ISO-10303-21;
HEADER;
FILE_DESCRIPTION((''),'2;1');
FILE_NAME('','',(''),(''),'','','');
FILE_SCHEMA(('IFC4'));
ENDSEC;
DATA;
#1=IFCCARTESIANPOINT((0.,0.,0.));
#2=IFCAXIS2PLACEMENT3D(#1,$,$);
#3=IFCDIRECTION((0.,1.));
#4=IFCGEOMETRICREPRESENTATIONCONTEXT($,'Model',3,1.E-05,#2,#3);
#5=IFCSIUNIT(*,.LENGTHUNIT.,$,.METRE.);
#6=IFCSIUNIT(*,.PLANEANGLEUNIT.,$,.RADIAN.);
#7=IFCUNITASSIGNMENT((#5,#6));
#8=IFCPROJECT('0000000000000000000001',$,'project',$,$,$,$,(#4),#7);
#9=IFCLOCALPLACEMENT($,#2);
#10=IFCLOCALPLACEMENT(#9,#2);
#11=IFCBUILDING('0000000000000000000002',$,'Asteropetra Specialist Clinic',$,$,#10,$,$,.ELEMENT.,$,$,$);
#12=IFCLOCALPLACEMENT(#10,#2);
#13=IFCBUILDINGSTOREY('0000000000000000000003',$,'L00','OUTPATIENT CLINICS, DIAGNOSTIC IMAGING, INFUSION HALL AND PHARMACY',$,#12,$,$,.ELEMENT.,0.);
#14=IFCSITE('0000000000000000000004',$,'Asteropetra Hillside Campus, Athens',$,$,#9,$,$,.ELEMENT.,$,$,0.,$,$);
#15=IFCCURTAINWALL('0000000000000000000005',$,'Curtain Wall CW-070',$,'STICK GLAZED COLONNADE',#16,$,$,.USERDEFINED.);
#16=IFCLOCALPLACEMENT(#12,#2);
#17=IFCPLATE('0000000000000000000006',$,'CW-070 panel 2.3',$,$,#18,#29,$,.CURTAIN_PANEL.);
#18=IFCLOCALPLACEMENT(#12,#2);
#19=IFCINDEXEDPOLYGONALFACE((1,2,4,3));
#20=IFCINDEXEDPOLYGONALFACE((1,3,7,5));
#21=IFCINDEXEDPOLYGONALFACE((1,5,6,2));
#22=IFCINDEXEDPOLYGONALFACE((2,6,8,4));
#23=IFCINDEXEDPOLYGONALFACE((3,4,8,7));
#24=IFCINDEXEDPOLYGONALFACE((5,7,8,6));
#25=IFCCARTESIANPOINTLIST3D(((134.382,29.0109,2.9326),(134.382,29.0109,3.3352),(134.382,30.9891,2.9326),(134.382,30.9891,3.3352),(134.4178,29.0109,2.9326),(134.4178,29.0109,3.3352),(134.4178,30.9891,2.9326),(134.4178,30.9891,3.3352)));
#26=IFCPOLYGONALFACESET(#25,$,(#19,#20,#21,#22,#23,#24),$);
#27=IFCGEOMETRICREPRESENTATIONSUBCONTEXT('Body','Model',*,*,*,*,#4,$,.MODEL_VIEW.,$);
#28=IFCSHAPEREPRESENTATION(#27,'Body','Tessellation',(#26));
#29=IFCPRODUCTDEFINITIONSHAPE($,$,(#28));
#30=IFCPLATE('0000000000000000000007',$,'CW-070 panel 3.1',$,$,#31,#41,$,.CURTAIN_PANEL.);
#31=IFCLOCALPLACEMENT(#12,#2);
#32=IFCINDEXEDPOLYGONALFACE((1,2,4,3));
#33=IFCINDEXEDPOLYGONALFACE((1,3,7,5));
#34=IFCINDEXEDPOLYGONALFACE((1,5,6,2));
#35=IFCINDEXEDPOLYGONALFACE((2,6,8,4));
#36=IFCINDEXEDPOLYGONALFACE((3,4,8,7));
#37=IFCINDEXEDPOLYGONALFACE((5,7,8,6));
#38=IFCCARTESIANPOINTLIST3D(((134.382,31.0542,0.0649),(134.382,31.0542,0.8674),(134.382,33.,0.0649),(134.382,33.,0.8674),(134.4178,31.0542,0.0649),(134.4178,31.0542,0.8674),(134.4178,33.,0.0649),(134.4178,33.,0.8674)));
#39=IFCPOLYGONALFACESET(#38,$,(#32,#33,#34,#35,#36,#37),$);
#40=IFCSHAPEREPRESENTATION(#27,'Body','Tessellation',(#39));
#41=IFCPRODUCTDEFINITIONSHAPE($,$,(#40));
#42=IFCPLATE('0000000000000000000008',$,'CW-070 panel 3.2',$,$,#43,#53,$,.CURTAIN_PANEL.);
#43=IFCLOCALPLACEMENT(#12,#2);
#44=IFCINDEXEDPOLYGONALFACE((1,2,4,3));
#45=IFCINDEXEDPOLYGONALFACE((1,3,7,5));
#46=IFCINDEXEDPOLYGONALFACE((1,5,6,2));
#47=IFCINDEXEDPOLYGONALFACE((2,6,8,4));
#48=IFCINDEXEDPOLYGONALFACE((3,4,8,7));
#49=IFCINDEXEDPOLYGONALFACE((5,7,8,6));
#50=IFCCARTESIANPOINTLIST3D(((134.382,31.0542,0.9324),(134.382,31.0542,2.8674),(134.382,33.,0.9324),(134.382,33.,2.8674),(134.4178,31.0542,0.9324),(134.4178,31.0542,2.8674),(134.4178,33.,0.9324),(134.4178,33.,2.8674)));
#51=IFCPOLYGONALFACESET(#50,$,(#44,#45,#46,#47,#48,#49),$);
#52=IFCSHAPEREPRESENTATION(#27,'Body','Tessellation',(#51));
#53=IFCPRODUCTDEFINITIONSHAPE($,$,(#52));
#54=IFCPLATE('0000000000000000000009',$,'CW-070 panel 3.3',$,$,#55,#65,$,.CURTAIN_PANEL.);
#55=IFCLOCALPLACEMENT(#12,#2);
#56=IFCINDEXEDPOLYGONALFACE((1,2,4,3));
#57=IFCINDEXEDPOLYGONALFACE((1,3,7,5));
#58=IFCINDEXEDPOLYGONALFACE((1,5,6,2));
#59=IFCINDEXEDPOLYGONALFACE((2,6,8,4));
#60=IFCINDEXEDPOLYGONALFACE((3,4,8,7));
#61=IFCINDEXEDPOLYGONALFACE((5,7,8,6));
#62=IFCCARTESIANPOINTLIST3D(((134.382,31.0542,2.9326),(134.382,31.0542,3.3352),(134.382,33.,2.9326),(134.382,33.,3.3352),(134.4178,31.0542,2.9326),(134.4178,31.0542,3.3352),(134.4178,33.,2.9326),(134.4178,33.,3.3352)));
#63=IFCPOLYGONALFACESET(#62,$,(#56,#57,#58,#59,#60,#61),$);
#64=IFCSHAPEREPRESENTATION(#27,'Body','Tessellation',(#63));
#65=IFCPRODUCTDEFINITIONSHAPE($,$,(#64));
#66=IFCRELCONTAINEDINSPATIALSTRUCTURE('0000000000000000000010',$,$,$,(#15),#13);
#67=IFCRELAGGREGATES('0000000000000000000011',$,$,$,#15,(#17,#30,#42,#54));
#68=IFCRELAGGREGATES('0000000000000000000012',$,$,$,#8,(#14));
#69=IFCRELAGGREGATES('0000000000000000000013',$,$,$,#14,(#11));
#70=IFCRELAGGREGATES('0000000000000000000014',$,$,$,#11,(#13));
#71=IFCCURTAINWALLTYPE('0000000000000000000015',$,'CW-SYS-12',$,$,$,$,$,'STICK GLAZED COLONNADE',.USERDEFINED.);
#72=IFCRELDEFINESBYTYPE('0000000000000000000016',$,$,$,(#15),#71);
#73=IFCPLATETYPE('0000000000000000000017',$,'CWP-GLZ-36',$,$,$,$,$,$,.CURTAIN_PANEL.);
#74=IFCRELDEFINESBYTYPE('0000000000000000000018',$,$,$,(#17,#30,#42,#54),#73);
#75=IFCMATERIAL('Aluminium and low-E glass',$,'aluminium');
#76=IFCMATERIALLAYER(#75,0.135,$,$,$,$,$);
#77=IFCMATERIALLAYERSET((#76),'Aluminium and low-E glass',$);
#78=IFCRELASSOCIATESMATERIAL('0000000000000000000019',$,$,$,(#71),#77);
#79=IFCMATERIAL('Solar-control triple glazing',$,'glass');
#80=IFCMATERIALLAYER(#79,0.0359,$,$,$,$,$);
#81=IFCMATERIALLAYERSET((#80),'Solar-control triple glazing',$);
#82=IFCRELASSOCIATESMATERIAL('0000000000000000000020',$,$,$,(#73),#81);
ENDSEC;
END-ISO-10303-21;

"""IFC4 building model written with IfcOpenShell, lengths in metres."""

from ifc_helpers import new_model, si_unit, direction, frame, origin, origin_2d, place, context, subcontext, project, spatial, rectangle, extrude, material, layer, layer_set, type_object, element, aggregate, save


model = new_model("IFC4")

# Units and contexts
model_context = context("Model", 3, precision=1e-05, world=origin(), true_north=direction((0.0, 1.0)))
body_context = subcontext(model_context, "Body", "Model", "MODEL_VIEW")
ifc_project = project(units=[si_unit("LENGTHUNIT", "METRE"), si_unit("PLANEANGLEUNIT", "RADIAN")], contexts=[model_context])

# Site, building, storey
site_placement = place(None, origin())
site = spatial("IfcSite", under=ifc_project, at=site_placement, Name="Asteropetra Hillside Campus, Athens", CompositionType="ELEMENT", RefElevation=0.0)
building_placement = place(site_placement, origin())
building = spatial("IfcBuilding", under=site, at=building_placement, Name="Asteropetra Specialist Clinic", CompositionType="ELEMENT")
storey_placement = place(building_placement, origin())
storey = spatial("IfcBuildingStorey", under=building, at=storey_placement, Name="L00", Description="OUTPATIENT CLINICS, DIAGNOSTIC IMAGING, INFUSION HALL AND PHARMACY", CompositionType="ELEMENT", Elevation=0.0)

# Curtain wall, plates
ifc_material_1 = material(Name="Aluminium and low-E glass", Category="aluminium")
ifc_layer_1 = layer(ifc_material_1, 0.135)
ifc_layer_set_1 = layer_set([ifc_layer_1], Name="Aluminium and low-E glass")
curtain_wall_type = type_object("IfcCurtainWallType", Name="CW-SYS-12", ElementType="STICK GLAZED COLONNADE", PredefinedType="USERDEFINED", material=ifc_layer_set_1)
curtain_wall_placement = place(storey_placement, origin())
curtain_wall = element("IfcCurtainWall", 1, at=curtain_wall_placement, inside=storey, type_object=curtain_wall_type, Name="Curtain Wall CW-070", ObjectType="STICK GLAZED COLONNADE", PredefinedType="USERDEFINED")
ifc_material_2 = material(Name="Solar-control triple glazing", Category="glass")
ifc_layer_2 = layer(ifc_material_2, 0.0359)
ifc_layer_set_2 = layer_set([ifc_layer_2], Name="Solar-control triple glazing")
plate_type = type_object("IfcPlateType", Name="CWP-GLZ-36", PredefinedType="CURTAIN_PANEL", material=ifc_layer_set_2)
plate_1_placement = place(storey_placement, frame((134.3999, 30.0, 2.9326), z_axis=(0.0, 0.0, 1.0), x_axis=(0.0, 1.0, 0.0)))
plate_1 = element("IfcPlate", 2, at=plate_1_placement, type_object=plate_type, Name="CW-070 panel 2.3", PredefinedType="CURTAIN_PANEL", context=body_context, shape_type="SweptSolid", body=[
    extrude(rectangle(XDim=1.9783, YDim=0.0359, at=origin_2d()), origin(), (0.0, 0.0, 1.0), 0.4026),
])
plate_2_placement = place(storey_placement, frame((134.3999, 32.0271, 0.0649), z_axis=(0.0, 0.0, 1.0), x_axis=(0.0, 1.0, 0.0)))
plate_2 = element("IfcPlate", 3, at=plate_2_placement, type_object=plate_type, Name="CW-070 panel 3.1", PredefinedType="CURTAIN_PANEL", context=body_context, shape_type="SweptSolid", body=[
    extrude(rectangle(XDim=1.9458, YDim=0.0359, at=origin_2d()), origin(), (0.0, 0.0, 1.0), 0.8025),
])
plate_3_placement = place(storey_placement, frame((134.3999, 32.0271, 0.9324), z_axis=(0.0, 0.0, 1.0), x_axis=(0.0, 1.0, 0.0)))
plate_3 = element("IfcPlate", 4, at=plate_3_placement, type_object=plate_type, Name="CW-070 panel 3.2", PredefinedType="CURTAIN_PANEL", context=body_context, shape_type="SweptSolid", body=[
    extrude(rectangle(XDim=1.9458, YDim=0.0359, at=origin_2d()), origin(), (0.0, 0.0, 1.0), 1.9351),
])
plate_4_placement = place(storey_placement, frame((134.3999, 32.0271, 2.9326), z_axis=(0.0, 0.0, 1.0), x_axis=(0.0, 1.0, 0.0)))
plate_4 = element("IfcPlate", 5, at=plate_4_placement, type_object=plate_type, Name="CW-070 panel 3.3", PredefinedType="CURTAIN_PANEL", context=body_context, shape_type="SweptSolid", body=[
    extrude(rectangle(XDim=1.9458, YDim=0.0359, at=origin_2d()), origin(), (0.0, 0.0, 1.0), 0.4026),
])
aggregate(curtain_wall, [plate_1, plate_2, plate_3, plate_4])

save(model, "model.ifc")
